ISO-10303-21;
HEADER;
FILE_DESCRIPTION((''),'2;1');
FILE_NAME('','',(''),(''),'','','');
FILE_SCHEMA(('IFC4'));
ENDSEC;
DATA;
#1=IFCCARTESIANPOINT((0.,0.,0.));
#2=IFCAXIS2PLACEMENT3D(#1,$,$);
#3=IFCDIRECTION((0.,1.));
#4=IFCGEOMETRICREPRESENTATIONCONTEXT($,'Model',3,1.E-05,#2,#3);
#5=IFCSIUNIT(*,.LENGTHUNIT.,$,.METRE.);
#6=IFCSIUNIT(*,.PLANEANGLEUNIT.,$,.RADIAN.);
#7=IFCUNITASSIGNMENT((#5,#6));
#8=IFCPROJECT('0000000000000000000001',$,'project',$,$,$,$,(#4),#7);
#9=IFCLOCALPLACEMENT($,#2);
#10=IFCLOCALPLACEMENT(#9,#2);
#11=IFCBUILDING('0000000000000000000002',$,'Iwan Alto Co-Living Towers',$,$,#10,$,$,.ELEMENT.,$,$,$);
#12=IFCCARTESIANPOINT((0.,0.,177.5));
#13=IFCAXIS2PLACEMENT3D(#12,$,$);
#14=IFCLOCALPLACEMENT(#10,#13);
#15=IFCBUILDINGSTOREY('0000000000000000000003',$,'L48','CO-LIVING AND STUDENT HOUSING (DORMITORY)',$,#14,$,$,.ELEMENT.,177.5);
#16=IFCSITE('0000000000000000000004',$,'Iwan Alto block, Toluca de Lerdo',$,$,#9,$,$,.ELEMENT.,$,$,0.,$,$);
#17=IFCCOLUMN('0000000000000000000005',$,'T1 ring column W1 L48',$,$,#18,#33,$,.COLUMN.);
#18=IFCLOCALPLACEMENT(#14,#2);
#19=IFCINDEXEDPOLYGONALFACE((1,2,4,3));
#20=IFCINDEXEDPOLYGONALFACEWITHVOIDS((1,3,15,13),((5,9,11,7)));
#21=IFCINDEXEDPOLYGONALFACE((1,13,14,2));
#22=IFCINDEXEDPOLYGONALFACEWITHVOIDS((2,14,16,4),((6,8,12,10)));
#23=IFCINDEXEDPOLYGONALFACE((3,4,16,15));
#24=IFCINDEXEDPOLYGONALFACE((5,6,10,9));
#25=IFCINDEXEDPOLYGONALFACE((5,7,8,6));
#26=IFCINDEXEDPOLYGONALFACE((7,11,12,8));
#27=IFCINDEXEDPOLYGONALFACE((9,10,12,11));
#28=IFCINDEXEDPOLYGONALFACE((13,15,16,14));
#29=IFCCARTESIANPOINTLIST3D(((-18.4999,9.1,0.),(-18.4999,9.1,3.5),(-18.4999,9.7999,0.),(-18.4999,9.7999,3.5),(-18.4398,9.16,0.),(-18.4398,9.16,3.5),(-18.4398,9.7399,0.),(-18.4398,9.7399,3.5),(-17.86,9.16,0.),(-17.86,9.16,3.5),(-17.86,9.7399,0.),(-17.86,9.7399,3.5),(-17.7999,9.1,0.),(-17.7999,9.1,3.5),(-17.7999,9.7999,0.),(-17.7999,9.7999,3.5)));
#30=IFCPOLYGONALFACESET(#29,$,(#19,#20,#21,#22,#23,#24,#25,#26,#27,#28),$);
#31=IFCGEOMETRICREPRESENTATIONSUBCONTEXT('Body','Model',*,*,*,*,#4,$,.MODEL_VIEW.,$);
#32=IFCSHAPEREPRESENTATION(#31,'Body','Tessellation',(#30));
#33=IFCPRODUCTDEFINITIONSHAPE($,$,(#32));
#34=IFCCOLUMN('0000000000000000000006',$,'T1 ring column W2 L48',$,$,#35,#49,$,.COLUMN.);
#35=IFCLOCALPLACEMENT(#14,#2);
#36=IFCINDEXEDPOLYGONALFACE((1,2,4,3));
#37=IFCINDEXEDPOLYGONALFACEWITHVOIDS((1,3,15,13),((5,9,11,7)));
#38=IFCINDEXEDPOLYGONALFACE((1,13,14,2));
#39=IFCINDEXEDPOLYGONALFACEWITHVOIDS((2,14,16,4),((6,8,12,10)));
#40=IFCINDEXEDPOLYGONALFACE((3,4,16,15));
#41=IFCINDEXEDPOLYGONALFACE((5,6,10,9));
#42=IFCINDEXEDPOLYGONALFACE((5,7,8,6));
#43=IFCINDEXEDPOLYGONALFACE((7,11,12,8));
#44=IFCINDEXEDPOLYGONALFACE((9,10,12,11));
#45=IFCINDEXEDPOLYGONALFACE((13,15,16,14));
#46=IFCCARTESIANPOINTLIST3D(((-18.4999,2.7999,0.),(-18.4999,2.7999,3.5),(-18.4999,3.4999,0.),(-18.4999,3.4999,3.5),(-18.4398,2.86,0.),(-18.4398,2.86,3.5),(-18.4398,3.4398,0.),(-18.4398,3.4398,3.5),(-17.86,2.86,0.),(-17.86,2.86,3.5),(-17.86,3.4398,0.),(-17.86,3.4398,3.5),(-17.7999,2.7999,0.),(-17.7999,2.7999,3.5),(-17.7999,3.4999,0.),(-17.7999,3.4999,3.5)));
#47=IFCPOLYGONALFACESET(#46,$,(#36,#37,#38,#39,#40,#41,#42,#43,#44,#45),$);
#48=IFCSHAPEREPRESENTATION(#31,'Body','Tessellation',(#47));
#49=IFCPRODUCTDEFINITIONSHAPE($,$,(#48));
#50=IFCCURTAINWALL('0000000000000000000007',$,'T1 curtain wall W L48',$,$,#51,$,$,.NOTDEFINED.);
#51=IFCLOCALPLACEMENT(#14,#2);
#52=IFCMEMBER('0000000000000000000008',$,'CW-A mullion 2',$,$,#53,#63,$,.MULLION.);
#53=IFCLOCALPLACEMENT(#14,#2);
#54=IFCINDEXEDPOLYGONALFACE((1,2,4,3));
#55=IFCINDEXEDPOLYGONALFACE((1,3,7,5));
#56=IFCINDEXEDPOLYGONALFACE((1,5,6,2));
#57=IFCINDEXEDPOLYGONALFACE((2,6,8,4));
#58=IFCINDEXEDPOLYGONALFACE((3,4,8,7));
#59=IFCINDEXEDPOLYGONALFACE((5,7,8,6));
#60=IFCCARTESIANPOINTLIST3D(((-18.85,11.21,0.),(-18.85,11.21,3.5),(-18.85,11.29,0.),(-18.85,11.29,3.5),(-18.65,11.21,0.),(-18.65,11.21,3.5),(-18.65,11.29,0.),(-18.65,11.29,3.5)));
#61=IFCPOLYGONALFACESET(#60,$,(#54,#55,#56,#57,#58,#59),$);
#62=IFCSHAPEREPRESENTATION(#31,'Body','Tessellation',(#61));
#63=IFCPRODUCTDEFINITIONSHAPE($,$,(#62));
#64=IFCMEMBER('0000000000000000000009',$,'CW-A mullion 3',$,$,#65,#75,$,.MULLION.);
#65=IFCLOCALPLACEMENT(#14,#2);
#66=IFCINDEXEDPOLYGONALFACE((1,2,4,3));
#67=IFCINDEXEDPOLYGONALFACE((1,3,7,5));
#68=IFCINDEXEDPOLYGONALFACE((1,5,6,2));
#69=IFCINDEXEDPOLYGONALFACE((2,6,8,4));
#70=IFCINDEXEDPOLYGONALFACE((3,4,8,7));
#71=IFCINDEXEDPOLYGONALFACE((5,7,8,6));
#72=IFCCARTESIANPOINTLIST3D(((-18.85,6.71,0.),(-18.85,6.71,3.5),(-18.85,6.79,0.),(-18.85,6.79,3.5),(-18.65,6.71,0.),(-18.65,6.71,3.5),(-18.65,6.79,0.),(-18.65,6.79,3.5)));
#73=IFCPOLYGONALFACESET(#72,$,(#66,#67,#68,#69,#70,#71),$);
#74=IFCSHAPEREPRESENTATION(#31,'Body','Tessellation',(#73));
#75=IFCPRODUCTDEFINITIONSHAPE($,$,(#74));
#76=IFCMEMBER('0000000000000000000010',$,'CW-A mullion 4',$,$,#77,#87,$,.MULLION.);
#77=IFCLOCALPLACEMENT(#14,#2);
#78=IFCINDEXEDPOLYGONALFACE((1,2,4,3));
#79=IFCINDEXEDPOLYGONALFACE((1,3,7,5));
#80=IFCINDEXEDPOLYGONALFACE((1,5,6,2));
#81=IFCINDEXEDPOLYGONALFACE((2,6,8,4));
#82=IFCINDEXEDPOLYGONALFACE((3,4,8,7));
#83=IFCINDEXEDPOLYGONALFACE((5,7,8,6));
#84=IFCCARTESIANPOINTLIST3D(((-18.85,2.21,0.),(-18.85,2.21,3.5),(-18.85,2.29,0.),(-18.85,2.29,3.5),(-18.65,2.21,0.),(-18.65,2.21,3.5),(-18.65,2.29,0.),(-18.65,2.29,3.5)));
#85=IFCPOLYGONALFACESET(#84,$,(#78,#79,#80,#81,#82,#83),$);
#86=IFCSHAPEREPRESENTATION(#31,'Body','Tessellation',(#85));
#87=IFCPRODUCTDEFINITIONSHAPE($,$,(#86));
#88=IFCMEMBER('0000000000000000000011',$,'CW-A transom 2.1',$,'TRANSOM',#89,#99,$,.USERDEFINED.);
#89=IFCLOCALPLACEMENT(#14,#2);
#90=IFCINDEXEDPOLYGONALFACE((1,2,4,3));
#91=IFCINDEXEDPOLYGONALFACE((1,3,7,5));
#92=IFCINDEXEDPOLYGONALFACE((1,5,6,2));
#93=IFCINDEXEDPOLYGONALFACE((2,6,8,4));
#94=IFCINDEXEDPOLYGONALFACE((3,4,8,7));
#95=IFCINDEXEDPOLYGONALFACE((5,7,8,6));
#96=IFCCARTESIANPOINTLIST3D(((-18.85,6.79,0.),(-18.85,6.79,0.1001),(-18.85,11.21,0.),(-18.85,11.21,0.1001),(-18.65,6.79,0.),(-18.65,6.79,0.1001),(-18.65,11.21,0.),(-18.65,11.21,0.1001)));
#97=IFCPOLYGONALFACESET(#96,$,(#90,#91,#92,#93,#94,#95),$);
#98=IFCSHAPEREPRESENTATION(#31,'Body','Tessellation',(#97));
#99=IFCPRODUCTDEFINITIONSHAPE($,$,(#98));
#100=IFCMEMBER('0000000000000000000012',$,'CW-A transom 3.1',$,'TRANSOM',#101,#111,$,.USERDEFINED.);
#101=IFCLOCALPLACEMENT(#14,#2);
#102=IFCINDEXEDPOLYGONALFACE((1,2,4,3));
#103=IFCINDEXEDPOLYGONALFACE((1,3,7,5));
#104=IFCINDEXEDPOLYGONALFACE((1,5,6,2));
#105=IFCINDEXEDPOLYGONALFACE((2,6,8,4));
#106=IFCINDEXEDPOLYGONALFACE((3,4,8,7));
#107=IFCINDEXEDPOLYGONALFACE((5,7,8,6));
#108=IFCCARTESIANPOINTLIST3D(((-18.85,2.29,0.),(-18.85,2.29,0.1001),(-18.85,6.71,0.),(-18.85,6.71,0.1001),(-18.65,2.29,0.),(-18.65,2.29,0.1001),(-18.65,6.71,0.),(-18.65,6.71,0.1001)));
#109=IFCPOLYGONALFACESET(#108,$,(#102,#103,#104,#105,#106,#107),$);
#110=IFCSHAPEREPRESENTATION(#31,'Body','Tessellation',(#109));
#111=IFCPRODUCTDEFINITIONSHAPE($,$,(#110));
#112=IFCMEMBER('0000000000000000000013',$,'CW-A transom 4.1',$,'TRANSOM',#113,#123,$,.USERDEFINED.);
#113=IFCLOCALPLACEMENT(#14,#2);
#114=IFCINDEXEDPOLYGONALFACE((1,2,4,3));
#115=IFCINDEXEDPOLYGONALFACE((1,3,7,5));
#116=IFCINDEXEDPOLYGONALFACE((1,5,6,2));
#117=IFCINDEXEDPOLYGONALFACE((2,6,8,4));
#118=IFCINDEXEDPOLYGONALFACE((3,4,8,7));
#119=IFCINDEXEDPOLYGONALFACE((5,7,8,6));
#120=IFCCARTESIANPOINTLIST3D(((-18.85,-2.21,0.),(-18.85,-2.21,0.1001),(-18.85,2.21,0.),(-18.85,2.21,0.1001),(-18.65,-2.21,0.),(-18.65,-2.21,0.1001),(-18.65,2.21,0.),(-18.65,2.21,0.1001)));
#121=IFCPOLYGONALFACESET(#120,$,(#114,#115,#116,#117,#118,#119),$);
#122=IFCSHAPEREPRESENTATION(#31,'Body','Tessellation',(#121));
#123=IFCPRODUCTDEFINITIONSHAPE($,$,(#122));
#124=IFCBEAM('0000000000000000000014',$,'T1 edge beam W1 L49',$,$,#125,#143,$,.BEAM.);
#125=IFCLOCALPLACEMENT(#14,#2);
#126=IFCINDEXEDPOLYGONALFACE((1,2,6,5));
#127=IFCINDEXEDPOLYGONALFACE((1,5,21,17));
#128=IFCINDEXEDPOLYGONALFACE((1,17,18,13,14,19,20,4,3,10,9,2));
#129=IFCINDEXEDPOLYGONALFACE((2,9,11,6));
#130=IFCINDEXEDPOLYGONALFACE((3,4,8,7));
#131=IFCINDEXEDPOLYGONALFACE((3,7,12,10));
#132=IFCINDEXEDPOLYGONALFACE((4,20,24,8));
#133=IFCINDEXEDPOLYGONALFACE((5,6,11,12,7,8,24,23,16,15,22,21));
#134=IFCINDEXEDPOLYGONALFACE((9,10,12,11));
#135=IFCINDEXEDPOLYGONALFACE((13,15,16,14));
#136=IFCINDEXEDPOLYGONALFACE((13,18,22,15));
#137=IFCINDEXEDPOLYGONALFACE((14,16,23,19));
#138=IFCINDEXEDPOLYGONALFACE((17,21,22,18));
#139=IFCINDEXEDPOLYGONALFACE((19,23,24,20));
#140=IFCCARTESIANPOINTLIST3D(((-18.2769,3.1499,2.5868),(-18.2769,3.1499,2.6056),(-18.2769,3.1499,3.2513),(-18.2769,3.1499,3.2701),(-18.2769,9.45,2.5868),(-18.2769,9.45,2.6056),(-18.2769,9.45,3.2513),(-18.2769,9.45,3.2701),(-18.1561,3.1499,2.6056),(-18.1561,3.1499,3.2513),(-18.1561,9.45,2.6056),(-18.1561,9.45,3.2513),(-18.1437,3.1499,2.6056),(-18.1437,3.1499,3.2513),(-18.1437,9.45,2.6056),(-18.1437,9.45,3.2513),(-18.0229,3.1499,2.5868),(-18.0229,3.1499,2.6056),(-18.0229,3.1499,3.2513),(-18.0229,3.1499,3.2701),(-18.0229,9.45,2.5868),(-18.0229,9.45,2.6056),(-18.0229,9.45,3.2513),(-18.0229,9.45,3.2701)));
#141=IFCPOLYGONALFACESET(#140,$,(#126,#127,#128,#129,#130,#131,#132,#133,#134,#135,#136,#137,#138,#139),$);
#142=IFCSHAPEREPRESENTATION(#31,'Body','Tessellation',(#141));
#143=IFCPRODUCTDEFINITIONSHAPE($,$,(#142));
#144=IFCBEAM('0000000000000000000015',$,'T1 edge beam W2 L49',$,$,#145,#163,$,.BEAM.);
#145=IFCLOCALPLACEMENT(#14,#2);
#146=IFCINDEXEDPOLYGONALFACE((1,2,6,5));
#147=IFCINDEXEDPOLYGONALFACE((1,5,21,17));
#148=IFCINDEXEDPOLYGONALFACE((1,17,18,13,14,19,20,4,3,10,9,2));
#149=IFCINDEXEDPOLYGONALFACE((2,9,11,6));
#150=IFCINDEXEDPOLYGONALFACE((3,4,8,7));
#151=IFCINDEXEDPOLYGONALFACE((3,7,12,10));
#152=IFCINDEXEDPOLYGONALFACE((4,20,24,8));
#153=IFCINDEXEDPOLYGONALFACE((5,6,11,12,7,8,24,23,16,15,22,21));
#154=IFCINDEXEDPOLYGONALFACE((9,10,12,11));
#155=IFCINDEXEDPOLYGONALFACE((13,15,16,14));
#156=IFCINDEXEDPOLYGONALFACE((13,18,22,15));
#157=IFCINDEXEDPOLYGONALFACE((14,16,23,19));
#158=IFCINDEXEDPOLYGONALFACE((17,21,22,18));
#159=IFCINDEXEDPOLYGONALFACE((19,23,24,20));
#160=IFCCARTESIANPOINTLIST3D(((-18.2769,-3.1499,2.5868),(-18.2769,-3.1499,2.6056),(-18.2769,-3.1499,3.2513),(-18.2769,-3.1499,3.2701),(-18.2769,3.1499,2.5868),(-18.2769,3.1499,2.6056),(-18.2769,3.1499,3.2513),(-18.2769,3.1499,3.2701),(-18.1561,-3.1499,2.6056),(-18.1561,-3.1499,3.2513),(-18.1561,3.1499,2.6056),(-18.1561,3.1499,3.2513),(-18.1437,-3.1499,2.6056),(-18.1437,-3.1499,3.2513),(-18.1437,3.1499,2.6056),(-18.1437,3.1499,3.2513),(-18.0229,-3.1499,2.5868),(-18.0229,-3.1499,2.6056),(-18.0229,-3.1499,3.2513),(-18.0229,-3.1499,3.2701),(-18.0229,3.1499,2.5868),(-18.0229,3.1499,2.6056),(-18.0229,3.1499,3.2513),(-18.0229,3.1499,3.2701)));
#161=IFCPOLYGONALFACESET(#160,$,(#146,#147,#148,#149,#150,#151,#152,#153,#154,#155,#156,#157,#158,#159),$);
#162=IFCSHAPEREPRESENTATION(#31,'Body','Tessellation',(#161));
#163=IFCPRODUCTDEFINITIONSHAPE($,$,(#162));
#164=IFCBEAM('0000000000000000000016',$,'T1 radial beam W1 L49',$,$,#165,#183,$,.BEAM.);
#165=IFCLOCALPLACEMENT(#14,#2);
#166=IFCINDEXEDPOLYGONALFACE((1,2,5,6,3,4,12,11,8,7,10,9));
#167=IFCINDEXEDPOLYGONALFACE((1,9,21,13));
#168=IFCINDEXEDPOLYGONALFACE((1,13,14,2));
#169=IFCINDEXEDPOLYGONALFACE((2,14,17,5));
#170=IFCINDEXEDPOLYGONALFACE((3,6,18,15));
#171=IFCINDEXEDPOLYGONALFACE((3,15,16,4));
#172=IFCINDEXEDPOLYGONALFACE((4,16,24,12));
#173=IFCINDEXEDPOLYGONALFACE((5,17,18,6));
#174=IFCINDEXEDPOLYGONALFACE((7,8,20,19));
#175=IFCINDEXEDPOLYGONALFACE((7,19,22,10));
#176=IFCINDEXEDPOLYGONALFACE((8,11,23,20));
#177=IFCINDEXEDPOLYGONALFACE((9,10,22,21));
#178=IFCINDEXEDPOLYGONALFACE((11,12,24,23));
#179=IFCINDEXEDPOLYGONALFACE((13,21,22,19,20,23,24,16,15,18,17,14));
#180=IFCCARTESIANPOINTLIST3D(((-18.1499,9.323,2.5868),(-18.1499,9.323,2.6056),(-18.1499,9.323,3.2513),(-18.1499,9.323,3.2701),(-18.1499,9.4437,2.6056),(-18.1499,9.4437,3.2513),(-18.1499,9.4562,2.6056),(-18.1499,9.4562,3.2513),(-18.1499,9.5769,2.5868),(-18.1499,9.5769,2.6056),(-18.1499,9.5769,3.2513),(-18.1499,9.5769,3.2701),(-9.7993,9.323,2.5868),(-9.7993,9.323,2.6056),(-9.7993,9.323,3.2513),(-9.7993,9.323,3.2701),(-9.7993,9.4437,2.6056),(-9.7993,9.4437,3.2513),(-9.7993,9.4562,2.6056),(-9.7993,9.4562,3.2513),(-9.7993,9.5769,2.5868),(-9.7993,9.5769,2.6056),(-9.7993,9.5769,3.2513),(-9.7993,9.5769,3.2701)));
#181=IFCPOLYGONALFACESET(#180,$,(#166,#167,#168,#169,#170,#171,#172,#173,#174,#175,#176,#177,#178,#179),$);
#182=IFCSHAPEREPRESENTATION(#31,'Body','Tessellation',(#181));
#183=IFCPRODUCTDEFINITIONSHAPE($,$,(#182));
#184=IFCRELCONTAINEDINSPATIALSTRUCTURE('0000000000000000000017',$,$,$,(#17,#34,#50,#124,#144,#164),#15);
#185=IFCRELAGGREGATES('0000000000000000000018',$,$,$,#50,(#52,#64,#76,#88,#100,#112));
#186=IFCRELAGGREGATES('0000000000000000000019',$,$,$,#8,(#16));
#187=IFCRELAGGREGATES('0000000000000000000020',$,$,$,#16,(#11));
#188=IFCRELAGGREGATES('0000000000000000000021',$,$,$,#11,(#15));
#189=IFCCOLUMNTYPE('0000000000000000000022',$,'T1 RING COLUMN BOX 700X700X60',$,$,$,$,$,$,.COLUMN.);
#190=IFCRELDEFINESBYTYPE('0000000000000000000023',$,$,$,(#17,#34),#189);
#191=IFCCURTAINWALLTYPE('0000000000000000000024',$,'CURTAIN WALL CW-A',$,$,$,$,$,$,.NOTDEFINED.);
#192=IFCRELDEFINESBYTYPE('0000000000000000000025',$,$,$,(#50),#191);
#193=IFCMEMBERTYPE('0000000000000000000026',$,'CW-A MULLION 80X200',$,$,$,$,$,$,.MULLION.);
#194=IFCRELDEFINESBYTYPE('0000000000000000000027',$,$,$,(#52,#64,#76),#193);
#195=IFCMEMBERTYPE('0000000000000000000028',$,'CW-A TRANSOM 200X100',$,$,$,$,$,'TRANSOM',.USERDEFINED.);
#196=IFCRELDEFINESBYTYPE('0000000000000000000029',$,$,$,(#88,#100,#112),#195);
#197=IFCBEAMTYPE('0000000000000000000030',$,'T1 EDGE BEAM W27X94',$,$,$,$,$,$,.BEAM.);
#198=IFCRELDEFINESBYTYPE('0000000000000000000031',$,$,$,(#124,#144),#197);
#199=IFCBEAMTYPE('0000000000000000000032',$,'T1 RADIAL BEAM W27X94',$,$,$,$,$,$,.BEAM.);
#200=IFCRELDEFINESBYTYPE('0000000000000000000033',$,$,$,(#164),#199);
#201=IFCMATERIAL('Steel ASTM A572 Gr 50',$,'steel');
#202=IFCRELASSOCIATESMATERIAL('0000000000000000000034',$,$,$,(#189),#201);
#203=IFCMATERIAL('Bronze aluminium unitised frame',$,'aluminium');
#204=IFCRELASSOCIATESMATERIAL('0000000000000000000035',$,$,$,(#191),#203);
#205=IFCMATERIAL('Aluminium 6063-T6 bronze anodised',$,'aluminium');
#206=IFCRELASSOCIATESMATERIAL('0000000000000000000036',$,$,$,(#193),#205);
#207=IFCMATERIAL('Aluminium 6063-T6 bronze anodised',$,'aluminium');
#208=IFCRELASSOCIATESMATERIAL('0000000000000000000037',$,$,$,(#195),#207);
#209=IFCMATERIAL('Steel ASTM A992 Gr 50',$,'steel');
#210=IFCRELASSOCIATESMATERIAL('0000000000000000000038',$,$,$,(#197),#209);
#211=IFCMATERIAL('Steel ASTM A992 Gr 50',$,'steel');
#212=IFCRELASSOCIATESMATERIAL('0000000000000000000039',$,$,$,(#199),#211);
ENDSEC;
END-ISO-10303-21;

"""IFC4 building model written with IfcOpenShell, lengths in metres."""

from ifc_helpers import new_model, si_unit, direction, frame, origin, origin_2d, place, context, subcontext, project, spatial, rectangle, hollow_rectangle, i_section, extrude, material, material_profile, profile_set, type_object, element, aggregate, save


model = new_model("IFC4")

# Units and contexts
model_context = context("Model", 3, precision=1e-05, world=origin(), true_north=direction((0.0, 1.0)))
body_context = subcontext(model_context, "Body", "Model", "MODEL_VIEW")
ifc_project = project(units=[si_unit("LENGTHUNIT", "METRE"), si_unit("PLANEANGLEUNIT", "RADIAN")], contexts=[model_context])

# Site, building, storey
site_placement = place(None, origin())
site = spatial("IfcSite", under=ifc_project, at=site_placement, Name="Iwan Alto block, Toluca de Lerdo", CompositionType="ELEMENT", RefElevation=0.0)
building_placement = place(site_placement, origin())
building = spatial("IfcBuilding", under=site, at=building_placement, Name="Iwan Alto Co-Living Towers", CompositionType="ELEMENT")
storey_placement = place(building_placement, frame((0.0, 0.0, 177.5)))
storey = spatial("IfcBuildingStorey", under=building, at=storey_placement, Name="L48", Description="CO-LIVING AND STUDENT HOUSING (DORMITORY)", CompositionType="ELEMENT", Elevation=177.5)

# Columns
ifc_material_1 = material(Name="Steel ASTM A572 Gr 50", Category="steel")
ifc_material_profile_1 = material_profile(ifc_material_1, hollow_rectangle(XDim=0.7, YDim=0.7, WallThickness=0.0601, at=origin_2d()), Name="BOX 700X700X60")
ifc_profile_set_1 = profile_set([ifc_material_profile_1], Name="Steel ASTM A572 Gr 50")
column_type = type_object("IfcColumnType", Name="T1 RING COLUMN BOX 700X700X60", PredefinedType="COLUMN", material=ifc_profile_set_1)
for number, where, z_axis, x_axis, name in (
    (1, (-18.1499, 9.45, 0.0), (0.0, 0.0, 1.0), (1.0, 0.0, 0.0), "T1 ring column W1 L48"),
    (2, (-18.1499, 3.1499, 0.0), (0.0, 0.0, 1.0), (1.0, 0.0, 0.0), "T1 ring column W2 L48"),
):
    element("IfcColumn", number, at=place(storey_placement, frame(where, z_axis=z_axis, x_axis=x_axis)), inside=storey, type_object=column_type, Name=name, PredefinedType="COLUMN", context=body_context, shape_type="SweptSolid", body=[
        extrude(hollow_rectangle(XDim=0.7, YDim=0.7, WallThickness=0.0601, at=origin_2d()), origin(), (0.0, 0.0, 1.0), 3.5),
    ])

# Curtain wall, members
ifc_material_2 = material(Name="Bronze aluminium unitised frame", Category="aluminium")
curtain_wall_type = type_object("IfcCurtainWallType", Name="CURTAIN WALL CW-A", PredefinedType="NOTDEFINED", material=ifc_material_2)
curtain_wall_placement = place(storey_placement, origin())
curtain_wall = element("IfcCurtainWall", 3, at=curtain_wall_placement, inside=storey, type_object=curtain_wall_type, Name="T1 curtain wall W L48", PredefinedType="NOTDEFINED")
ifc_material_3 = material(Name="Aluminium 6063-T6 bronze anodised", Category="aluminium")
ifc_material_profile_2 = material_profile(ifc_material_3, rectangle(XDim=0.2, YDim=0.0801, at=origin_2d()), Name="AL 80X200")
ifc_profile_set_2 = profile_set([ifc_material_profile_2], Name="Aluminium 6063-T6 bronze anodised")
member_type_1 = type_object("IfcMemberType", Name="CW-A MULLION 80X200", PredefinedType="MULLION", material=ifc_profile_set_2)
member_1_placement = place(storey_placement, frame((-18.75, 11.25, 0.0), z_axis=(0.0, 0.0, 1.0), x_axis=(1.0, 0.0, 0.0)))
member_1 = element("IfcMember", 4, at=member_1_placement, type_object=member_type_1, Name="CW-A mullion 2", PredefinedType="MULLION", context=body_context, shape_type="SweptSolid", body=[
    extrude(rectangle(XDim=0.2, YDim=0.0801, at=origin_2d()), origin(), (0.0, 0.0, 1.0), 3.5),
])
member_2_placement = place(storey_placement, frame((-18.75, 6.75, 0.0), z_axis=(0.0, 0.0, 1.0), x_axis=(1.0, 0.0, 0.0)))
member_2 = element("IfcMember", 5, at=member_2_placement, type_object=member_type_1, Name="CW-A mullion 3", PredefinedType="MULLION", context=body_context, shape_type="SweptSolid", body=[
    extrude(rectangle(XDim=0.2, YDim=0.0801, at=origin_2d()), origin(), (0.0, 0.0, 1.0), 3.5),
])
member_3_placement = place(storey_placement, frame((-18.75, 2.25, 0.0), z_axis=(0.0, 0.0, 1.0), x_axis=(1.0, 0.0, 0.0)))
member_3 = element("IfcMember", 6, at=member_3_placement, type_object=member_type_1, Name="CW-A mullion 4", PredefinedType="MULLION", context=body_context, shape_type="SweptSolid", body=[
    extrude(rectangle(XDim=0.2, YDim=0.0801, at=origin_2d()), origin(), (0.0, 0.0, 1.0), 3.5),
])
ifc_material_4 = material(Name="Aluminium 6063-T6 bronze anodised", Category="aluminium")
ifc_material_profile_3 = material_profile(ifc_material_4, rectangle(XDim=0.2, YDim=0.1001, at=origin_2d()), Name="AL 200X100")
ifc_profile_set_3 = profile_set([ifc_material_profile_3], Name="Aluminium 6063-T6 bronze anodised")
member_type_2 = type_object("IfcMemberType", Name="CW-A TRANSOM 200X100", ElementType="TRANSOM", PredefinedType="USERDEFINED", material=ifc_profile_set_3)
member_4_placement = place(storey_placement, frame((-18.75, 11.21, 0.05), z_axis=(0.0, -1.0, 0.0), x_axis=(1.0, 0.0, 0.0)))
member_4 = element("IfcMember", 7, at=member_4_placement, type_object=member_type_2, Name="CW-A transom 2.1", ObjectType="TRANSOM", PredefinedType="USERDEFINED", context=body_context, shape_type="SweptSolid", body=[
    extrude(rectangle(XDim=0.2, YDim=0.1001, at=origin_2d()), origin(), (0.0, 0.0, 1.0), 4.4199),
])
member_5_placement = place(storey_placement, frame((-18.75, 6.71, 0.05), z_axis=(0.0, -1.0, 0.0), x_axis=(1.0, 0.0, 0.0)))
member_5 = element("IfcMember", 8, at=member_5_placement, type_object=member_type_2, Name="CW-A transom 3.1", ObjectType="TRANSOM", PredefinedType="USERDEFINED", context=body_context, shape_type="SweptSolid", body=[
    extrude(rectangle(XDim=0.2, YDim=0.1001, at=origin_2d()), origin(), (0.0, 0.0, 1.0), 4.4199),
])
member_6_placement = place(storey_placement, frame((-18.75, 2.21, 0.05), z_axis=(0.0, -1.0, 0.0), x_axis=(1.0, 0.0, 0.0)))
member_6 = element("IfcMember", 9, at=member_6_placement, type_object=member_type_2, Name="CW-A transom 4.1", ObjectType="TRANSOM", PredefinedType="USERDEFINED", context=body_context, shape_type="SweptSolid", body=[
    extrude(rectangle(XDim=0.2, YDim=0.1001, at=origin_2d()), origin(), (0.0, 0.0, 1.0), 4.4199),
])

# Beams
ifc_material_5 = material(Name="Steel ASTM A992 Gr 50", Category="steel")
ifc_material_profile_4 = material_profile(ifc_material_5, i_section(OverallWidth=0.2539, OverallDepth=0.6833, WebThickness=0.0125, FlangeThickness=0.0188, at=origin_2d()), Name="W27X94")
ifc_profile_set_4 = profile_set([ifc_material_profile_4], Name="Steel ASTM A992 Gr 50")
beam_type_1 = type_object("IfcBeamType", Name="T1 EDGE BEAM W27X94", PredefinedType="BEAM", material=ifc_profile_set_4)
beam_1_placement = place(storey_placement, frame((-18.1499, 9.45, 2.9285), z_axis=(0.0, -1.0, 0.0), x_axis=(1.0, 0.0, 0.0)))
element("IfcBeam", 10, at=beam_1_placement, inside=storey, type_object=beam_type_1, Name="T1 edge beam W1 L49", PredefinedType="BEAM", context=body_context, shape_type="SweptSolid", body=[
    extrude(i_section(OverallWidth=0.2539, OverallDepth=0.6833, WebThickness=0.0125, FlangeThickness=0.0188, at=origin_2d()), origin(), (0.0, 0.0, 1.0), 6.3),
])
beam_2_placement = place(storey_placement, frame((-18.1499, 3.1499, 2.9285), z_axis=(0.0, -1.0, 0.0), x_axis=(1.0, 0.0, 0.0)))
element("IfcBeam", 11, at=beam_2_placement, inside=storey, type_object=beam_type_1, Name="T1 edge beam W2 L49", PredefinedType="BEAM", context=body_context, shape_type="SweptSolid", body=[
    extrude(i_section(OverallWidth=0.2539, OverallDepth=0.6833, WebThickness=0.0125, FlangeThickness=0.0188, at=origin_2d()), origin(), (0.0, 0.0, 1.0), 6.2998),
])
ifc_material_6 = material(Name="Steel ASTM A992 Gr 50", Category="steel")
ifc_material_profile_5 = material_profile(ifc_material_6, i_section(OverallWidth=0.2539, OverallDepth=0.6833, WebThickness=0.0125, FlangeThickness=0.0188, at=origin_2d()), Name="W27X94")
ifc_profile_set_5 = profile_set([ifc_material_profile_5], Name="Steel ASTM A992 Gr 50")
beam_type_2 = type_object("IfcBeamType", Name="T1 RADIAL BEAM W27X94", PredefinedType="BEAM", material=ifc_profile_set_5)
for number, where, z_axis, x_axis, name in (
    (12, (-18.1499, 9.45, 2.9285), (1.0, 0.0, 0.0), (0.0, 1.0, 0.0), "T1 radial beam W1 L49"),
):
    element("IfcBeam", number, at=place(storey_placement, frame(where, z_axis=z_axis, x_axis=x_axis)), inside=storey, type_object=beam_type_2, Name=name, PredefinedType="BEAM", context=body_context, shape_type="SweptSolid", body=[
        extrude(i_section(OverallWidth=0.2539, OverallDepth=0.6833, WebThickness=0.0125, FlangeThickness=0.0188, at=origin_2d()), origin(), (0.0, 0.0, 1.0), 8.3506),
    ])

aggregate(curtain_wall, [member_1, member_2, member_3, member_4, member_5, member_6])

save(model, "model.ifc")
